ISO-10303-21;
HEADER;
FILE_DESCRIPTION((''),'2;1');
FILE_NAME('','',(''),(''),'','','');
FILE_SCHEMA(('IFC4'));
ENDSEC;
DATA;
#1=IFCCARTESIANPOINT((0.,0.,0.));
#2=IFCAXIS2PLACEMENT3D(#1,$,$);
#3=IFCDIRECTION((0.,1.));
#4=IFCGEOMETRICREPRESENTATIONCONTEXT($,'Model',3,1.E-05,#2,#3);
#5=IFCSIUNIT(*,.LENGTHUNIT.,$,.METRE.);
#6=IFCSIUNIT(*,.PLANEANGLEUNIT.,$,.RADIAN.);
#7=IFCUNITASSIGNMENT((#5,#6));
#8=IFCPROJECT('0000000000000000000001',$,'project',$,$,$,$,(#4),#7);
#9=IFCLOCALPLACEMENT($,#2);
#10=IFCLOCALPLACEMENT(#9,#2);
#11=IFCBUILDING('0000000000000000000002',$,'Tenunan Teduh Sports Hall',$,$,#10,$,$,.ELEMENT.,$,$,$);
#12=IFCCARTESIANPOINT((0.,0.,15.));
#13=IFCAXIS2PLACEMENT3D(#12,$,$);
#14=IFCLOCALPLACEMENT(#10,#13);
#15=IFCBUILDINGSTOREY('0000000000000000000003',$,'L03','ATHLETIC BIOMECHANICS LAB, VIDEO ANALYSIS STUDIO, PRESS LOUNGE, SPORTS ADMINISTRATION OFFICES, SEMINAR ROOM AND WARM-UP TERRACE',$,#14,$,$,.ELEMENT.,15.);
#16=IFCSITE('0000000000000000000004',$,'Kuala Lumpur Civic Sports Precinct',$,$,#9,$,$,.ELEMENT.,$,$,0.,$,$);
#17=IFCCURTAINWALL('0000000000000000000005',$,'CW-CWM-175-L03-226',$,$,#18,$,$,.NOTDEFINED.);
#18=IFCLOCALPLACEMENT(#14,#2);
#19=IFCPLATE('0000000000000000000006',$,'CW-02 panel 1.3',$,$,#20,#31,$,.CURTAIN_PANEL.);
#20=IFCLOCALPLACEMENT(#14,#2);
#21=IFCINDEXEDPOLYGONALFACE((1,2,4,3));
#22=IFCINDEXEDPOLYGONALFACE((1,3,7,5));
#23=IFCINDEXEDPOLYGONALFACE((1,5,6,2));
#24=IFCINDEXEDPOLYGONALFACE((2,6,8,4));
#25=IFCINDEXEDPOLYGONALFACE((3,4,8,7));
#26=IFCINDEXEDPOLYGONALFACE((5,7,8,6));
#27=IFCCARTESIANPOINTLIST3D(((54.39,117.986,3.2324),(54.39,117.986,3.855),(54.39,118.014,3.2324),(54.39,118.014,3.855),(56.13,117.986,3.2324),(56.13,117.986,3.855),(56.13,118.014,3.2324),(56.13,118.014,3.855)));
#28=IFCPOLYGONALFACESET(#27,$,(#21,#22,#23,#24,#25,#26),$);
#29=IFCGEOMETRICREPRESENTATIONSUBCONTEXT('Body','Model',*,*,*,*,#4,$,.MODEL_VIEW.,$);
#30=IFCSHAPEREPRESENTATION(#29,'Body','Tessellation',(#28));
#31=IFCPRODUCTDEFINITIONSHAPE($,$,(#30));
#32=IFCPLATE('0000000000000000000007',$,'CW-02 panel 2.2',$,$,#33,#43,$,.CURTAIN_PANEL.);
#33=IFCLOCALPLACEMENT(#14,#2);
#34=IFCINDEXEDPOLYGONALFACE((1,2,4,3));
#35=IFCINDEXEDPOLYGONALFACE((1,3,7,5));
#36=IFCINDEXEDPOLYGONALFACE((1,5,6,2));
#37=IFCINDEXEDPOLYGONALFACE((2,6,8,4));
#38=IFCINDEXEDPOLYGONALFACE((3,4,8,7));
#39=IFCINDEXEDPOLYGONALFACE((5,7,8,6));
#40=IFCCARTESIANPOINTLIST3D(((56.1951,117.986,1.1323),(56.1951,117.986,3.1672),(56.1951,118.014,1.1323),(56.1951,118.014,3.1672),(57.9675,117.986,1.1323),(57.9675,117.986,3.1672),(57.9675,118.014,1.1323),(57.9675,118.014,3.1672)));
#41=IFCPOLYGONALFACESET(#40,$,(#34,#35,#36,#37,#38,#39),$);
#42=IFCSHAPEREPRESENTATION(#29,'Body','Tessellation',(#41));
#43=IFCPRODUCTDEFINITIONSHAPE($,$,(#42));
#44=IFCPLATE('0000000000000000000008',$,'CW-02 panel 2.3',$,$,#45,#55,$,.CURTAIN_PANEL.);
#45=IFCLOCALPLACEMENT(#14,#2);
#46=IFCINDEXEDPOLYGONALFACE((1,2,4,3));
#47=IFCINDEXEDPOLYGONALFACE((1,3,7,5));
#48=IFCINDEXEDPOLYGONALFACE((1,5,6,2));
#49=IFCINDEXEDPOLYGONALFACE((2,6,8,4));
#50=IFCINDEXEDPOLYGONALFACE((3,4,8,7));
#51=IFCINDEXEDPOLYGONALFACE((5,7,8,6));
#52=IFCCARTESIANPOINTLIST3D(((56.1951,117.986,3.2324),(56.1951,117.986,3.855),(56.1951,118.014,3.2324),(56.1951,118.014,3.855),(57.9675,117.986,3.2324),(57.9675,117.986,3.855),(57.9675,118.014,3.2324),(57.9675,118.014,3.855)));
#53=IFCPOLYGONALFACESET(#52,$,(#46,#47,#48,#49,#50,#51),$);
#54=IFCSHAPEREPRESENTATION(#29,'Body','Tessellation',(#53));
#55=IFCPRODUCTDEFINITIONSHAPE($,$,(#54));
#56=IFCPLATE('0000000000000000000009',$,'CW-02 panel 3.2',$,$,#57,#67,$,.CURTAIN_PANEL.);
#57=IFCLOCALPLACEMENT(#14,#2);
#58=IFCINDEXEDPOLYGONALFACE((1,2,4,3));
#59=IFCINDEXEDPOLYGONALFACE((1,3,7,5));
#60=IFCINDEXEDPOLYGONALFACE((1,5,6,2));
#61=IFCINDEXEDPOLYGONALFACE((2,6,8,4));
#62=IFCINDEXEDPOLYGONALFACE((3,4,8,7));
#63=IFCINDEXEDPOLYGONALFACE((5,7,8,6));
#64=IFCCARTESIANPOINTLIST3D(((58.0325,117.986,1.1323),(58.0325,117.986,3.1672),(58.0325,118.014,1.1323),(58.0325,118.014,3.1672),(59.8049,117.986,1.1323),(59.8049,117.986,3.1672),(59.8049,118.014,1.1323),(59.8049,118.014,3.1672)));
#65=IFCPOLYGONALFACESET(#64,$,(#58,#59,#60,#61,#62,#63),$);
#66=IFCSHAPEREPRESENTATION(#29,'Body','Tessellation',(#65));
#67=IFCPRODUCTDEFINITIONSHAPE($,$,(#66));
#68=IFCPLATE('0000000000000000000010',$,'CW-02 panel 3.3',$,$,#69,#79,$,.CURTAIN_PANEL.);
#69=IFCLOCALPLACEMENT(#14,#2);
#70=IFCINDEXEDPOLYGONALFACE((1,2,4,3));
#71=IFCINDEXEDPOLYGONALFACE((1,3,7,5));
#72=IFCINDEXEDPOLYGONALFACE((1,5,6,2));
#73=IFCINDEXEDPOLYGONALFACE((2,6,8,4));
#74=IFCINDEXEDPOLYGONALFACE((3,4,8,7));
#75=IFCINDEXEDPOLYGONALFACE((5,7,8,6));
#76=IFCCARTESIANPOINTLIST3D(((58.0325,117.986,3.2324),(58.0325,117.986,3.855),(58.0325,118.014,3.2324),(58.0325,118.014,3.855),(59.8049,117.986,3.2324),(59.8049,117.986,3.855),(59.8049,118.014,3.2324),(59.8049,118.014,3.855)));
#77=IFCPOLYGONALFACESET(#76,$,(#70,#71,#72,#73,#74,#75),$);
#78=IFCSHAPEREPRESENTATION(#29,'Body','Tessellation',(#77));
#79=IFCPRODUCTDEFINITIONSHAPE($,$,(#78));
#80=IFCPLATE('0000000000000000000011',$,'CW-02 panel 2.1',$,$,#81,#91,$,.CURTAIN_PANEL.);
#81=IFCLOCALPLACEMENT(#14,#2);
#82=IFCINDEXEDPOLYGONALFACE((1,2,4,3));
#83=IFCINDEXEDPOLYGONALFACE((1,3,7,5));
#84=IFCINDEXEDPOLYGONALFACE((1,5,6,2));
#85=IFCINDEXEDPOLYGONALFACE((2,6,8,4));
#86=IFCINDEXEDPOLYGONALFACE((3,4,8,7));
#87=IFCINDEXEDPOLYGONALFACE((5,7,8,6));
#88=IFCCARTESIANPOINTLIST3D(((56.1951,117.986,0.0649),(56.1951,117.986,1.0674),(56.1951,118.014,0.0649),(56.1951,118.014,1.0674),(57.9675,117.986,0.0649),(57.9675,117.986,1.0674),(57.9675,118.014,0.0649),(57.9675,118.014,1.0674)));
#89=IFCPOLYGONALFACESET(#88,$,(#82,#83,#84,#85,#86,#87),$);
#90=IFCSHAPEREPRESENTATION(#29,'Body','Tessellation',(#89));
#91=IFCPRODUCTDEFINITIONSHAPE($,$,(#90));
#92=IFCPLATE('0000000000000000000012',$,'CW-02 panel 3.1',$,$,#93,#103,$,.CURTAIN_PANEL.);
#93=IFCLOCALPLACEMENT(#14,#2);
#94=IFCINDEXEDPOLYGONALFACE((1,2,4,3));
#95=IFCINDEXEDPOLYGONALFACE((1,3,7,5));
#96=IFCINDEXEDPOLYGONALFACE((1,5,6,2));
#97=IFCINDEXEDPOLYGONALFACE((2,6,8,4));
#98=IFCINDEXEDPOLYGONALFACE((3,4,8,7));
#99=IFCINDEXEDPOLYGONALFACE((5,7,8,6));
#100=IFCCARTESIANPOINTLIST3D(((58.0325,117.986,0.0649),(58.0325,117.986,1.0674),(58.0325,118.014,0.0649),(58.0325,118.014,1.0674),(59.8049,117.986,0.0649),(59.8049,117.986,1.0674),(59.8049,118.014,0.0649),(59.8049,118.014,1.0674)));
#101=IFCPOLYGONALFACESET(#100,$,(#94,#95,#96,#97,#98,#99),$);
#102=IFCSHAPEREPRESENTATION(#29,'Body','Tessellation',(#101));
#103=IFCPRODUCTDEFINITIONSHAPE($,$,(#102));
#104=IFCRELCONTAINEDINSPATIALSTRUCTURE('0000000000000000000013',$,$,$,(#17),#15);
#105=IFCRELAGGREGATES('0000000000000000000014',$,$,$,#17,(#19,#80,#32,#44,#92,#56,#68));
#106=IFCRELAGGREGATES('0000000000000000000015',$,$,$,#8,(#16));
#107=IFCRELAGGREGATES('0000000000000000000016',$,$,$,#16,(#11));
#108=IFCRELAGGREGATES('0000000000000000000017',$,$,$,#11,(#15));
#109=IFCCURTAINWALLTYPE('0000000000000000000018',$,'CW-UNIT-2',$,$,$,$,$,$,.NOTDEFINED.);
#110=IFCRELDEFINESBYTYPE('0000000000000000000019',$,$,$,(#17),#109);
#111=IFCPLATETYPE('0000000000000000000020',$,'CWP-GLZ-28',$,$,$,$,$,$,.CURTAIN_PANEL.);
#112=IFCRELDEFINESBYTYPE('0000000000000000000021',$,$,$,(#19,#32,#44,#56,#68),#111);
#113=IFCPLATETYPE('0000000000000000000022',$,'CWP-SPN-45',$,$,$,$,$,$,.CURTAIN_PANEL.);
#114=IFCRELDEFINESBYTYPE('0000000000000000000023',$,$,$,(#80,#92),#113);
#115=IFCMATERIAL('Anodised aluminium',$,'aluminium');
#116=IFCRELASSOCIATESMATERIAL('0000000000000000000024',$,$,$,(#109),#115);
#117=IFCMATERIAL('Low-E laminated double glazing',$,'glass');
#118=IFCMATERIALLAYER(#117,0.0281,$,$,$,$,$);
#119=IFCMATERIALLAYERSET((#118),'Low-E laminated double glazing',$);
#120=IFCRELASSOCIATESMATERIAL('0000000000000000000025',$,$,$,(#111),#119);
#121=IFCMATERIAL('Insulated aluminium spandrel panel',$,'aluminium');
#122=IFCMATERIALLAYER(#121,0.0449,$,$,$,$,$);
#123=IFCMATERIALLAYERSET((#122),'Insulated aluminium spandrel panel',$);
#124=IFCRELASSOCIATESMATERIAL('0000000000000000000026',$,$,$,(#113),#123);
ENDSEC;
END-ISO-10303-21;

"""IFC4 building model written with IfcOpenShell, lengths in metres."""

from ifc_helpers import new_model, si_unit, direction, frame, origin, origin_2d, place, context, subcontext, project, spatial, rectangle, extrude, material, layer, layer_set, type_object, element, aggregate, save


model = new_model("IFC4")

# Units and contexts
model_context = context("Model", 3, precision=1e-05, world=origin(), true_north=direction((0.0, 1.0)))
body_context = subcontext(model_context, "Body", "Model", "MODEL_VIEW")
ifc_project = project(units=[si_unit("LENGTHUNIT", "METRE"), si_unit("PLANEANGLEUNIT", "RADIAN")], contexts=[model_context])

# Site, building, storey
site_placement = place(None, origin())
site = spatial("IfcSite", under=ifc_project, at=site_placement, Name="Kuala Lumpur Civic Sports Precinct", CompositionType="ELEMENT", RefElevation=0.0)
building_placement = place(site_placement, origin())
building = spatial("IfcBuilding", under=site, at=building_placement, Name="Tenunan Teduh Sports Hall", CompositionType="ELEMENT")
storey_placement = place(building_placement, frame((0.0, 0.0, 15.0)))
storey = spatial("IfcBuildingStorey", under=building, at=storey_placement, Name="L03", Description="ATHLETIC BIOMECHANICS LAB, VIDEO ANALYSIS STUDIO, PRESS LOUNGE, SPORTS ADMINISTRATION OFFICES, SEMINAR ROOM AND WARM-UP TERRACE", CompositionType="ELEMENT", Elevation=15.0)

# Curtain wall, plates
ifc_material_1 = material(Name="Anodised aluminium", Category="aluminium")
curtain_wall_type = type_object("IfcCurtainWallType", Name="CW-UNIT-2", PredefinedType="NOTDEFINED", material=ifc_material_1)
curtain_wall_placement = place(storey_placement, origin())
curtain_wall = element("IfcCurtainWall", 1, at=curtain_wall_placement, inside=storey, type_object=curtain_wall_type, Name="CW-CWM-175-L03-226", PredefinedType="NOTDEFINED")
ifc_material_2 = material(Name="Low-E laminated double glazing", Category="glass")
ifc_layer_1 = layer(ifc_material_2, 0.0281)
ifc_layer_set_1 = layer_set([ifc_layer_1], Name="Low-E laminated double glazing")
plate_type_1 = type_object("IfcPlateType", Name="CWP-GLZ-28", PredefinedType="CURTAIN_PANEL", material=ifc_layer_set_1)
plate_1_placement = place(storey_placement, frame((55.26, 118.0, 3.2324), z_axis=(0.0, 0.0, 1.0), x_axis=(1.0, 0.0, 0.0)))
plate_1 = element("IfcPlate", 2, at=plate_1_placement, type_object=plate_type_1, Name="CW-02 panel 1.3", PredefinedType="CURTAIN_PANEL", context=body_context, shape_type="SweptSolid", body=[
    extrude(rectangle(XDim=1.74, YDim=0.0281, at=origin_2d()), origin(), (0.0, 0.0, 1.0), 0.6226),
])
plate_2_placement = place(storey_placement, frame((57.0813, 118.0, 1.1323), z_axis=(0.0, 0.0, 1.0), x_axis=(1.0, 0.0, 0.0)))
plate_2 = element("IfcPlate", 3, at=plate_2_placement, type_object=plate_type_1, Name="CW-02 panel 2.2", PredefinedType="CURTAIN_PANEL", context=body_context, shape_type="SweptSolid", body=[
    extrude(rectangle(XDim=1.7725, YDim=0.0281, at=origin_2d()), origin(), (0.0, 0.0, 1.0), 2.0349),
])
plate_3_placement = place(storey_placement, frame((57.0813, 118.0, 3.2324), z_axis=(0.0, 0.0, 1.0), x_axis=(1.0, 0.0, 0.0)))
plate_3 = element("IfcPlate", 4, at=plate_3_placement, type_object=plate_type_1, Name="CW-02 panel 2.3", PredefinedType="CURTAIN_PANEL", context=body_context, shape_type="SweptSolid", body=[
    extrude(rectangle(XDim=1.7725, YDim=0.0281, at=origin_2d()), origin(), (0.0, 0.0, 1.0), 0.6226),
])
plate_4_placement = place(storey_placement, frame((58.9187, 118.0, 1.1323), z_axis=(0.0, 0.0, 1.0), x_axis=(1.0, 0.0, 0.0)))
plate_4 = element("IfcPlate", 5, at=plate_4_placement, type_object=plate_type_1, Name="CW-02 panel 3.2", PredefinedType="CURTAIN_PANEL", context=body_context, shape_type="SweptSolid", body=[
    extrude(rectangle(XDim=1.7725, YDim=0.0281, at=origin_2d()), origin(), (0.0, 0.0, 1.0), 2.0349),
])
plate_5_placement = place(storey_placement, frame((58.9187, 118.0, 3.2324), z_axis=(0.0, 0.0, 1.0), x_axis=(1.0, 0.0, 0.0)))
plate_5 = element("IfcPlate", 6, at=plate_5_placement, type_object=plate_type_1, Name="CW-02 panel 3.3", PredefinedType="CURTAIN_PANEL", context=body_context, shape_type="SweptSolid", body=[
    extrude(rectangle(XDim=1.7725, YDim=0.0281, at=origin_2d()), origin(), (0.0, 0.0, 1.0), 0.6226),
])
ifc_material_3 = material(Name="Insulated aluminium spandrel panel", Category="aluminium")
ifc_layer_2 = layer(ifc_material_3, 0.0449)
ifc_layer_set_2 = layer_set([ifc_layer_2], Name="Insulated aluminium spandrel panel")
plate_type_2 = type_object("IfcPlateType", Name="CWP-SPN-45", PredefinedType="CURTAIN_PANEL", material=ifc_layer_set_2)
plate_6_placement = place(storey_placement, frame((57.0813, 118.0, 0.0649), z_axis=(0.0, 0.0, 1.0), x_axis=(1.0, 0.0, 0.0)))
plate_6 = element("IfcPlate", 7, at=plate_6_placement, type_object=plate_type_2, Name="CW-02 panel 2.1", PredefinedType="CURTAIN_PANEL", context=body_context, shape_type="SweptSolid", body=[
    extrude(rectangle(XDim=1.7725, YDim=0.0281, at=origin_2d()), origin(), (0.0, 0.0, 1.0), 1.0024),
])
plate_7_placement = place(storey_placement, frame((58.9187, 118.0, 0.0649), z_axis=(0.0, 0.0, 1.0), x_axis=(1.0, 0.0, 0.0)))
plate_7 = element("IfcPlate", 8, at=plate_7_placement, type_object=plate_type_2, Name="CW-02 panel 3.1", PredefinedType="CURTAIN_PANEL", context=body_context, shape_type="SweptSolid", body=[
    extrude(rectangle(XDim=1.7725, YDim=0.0281, at=origin_2d()), origin(), (0.0, 0.0, 1.0), 1.0024),
])
aggregate(curtain_wall, [plate_1, plate_6, plate_2, plate_3, plate_7, plate_4, plate_5])

save(model, "model.ifc")
